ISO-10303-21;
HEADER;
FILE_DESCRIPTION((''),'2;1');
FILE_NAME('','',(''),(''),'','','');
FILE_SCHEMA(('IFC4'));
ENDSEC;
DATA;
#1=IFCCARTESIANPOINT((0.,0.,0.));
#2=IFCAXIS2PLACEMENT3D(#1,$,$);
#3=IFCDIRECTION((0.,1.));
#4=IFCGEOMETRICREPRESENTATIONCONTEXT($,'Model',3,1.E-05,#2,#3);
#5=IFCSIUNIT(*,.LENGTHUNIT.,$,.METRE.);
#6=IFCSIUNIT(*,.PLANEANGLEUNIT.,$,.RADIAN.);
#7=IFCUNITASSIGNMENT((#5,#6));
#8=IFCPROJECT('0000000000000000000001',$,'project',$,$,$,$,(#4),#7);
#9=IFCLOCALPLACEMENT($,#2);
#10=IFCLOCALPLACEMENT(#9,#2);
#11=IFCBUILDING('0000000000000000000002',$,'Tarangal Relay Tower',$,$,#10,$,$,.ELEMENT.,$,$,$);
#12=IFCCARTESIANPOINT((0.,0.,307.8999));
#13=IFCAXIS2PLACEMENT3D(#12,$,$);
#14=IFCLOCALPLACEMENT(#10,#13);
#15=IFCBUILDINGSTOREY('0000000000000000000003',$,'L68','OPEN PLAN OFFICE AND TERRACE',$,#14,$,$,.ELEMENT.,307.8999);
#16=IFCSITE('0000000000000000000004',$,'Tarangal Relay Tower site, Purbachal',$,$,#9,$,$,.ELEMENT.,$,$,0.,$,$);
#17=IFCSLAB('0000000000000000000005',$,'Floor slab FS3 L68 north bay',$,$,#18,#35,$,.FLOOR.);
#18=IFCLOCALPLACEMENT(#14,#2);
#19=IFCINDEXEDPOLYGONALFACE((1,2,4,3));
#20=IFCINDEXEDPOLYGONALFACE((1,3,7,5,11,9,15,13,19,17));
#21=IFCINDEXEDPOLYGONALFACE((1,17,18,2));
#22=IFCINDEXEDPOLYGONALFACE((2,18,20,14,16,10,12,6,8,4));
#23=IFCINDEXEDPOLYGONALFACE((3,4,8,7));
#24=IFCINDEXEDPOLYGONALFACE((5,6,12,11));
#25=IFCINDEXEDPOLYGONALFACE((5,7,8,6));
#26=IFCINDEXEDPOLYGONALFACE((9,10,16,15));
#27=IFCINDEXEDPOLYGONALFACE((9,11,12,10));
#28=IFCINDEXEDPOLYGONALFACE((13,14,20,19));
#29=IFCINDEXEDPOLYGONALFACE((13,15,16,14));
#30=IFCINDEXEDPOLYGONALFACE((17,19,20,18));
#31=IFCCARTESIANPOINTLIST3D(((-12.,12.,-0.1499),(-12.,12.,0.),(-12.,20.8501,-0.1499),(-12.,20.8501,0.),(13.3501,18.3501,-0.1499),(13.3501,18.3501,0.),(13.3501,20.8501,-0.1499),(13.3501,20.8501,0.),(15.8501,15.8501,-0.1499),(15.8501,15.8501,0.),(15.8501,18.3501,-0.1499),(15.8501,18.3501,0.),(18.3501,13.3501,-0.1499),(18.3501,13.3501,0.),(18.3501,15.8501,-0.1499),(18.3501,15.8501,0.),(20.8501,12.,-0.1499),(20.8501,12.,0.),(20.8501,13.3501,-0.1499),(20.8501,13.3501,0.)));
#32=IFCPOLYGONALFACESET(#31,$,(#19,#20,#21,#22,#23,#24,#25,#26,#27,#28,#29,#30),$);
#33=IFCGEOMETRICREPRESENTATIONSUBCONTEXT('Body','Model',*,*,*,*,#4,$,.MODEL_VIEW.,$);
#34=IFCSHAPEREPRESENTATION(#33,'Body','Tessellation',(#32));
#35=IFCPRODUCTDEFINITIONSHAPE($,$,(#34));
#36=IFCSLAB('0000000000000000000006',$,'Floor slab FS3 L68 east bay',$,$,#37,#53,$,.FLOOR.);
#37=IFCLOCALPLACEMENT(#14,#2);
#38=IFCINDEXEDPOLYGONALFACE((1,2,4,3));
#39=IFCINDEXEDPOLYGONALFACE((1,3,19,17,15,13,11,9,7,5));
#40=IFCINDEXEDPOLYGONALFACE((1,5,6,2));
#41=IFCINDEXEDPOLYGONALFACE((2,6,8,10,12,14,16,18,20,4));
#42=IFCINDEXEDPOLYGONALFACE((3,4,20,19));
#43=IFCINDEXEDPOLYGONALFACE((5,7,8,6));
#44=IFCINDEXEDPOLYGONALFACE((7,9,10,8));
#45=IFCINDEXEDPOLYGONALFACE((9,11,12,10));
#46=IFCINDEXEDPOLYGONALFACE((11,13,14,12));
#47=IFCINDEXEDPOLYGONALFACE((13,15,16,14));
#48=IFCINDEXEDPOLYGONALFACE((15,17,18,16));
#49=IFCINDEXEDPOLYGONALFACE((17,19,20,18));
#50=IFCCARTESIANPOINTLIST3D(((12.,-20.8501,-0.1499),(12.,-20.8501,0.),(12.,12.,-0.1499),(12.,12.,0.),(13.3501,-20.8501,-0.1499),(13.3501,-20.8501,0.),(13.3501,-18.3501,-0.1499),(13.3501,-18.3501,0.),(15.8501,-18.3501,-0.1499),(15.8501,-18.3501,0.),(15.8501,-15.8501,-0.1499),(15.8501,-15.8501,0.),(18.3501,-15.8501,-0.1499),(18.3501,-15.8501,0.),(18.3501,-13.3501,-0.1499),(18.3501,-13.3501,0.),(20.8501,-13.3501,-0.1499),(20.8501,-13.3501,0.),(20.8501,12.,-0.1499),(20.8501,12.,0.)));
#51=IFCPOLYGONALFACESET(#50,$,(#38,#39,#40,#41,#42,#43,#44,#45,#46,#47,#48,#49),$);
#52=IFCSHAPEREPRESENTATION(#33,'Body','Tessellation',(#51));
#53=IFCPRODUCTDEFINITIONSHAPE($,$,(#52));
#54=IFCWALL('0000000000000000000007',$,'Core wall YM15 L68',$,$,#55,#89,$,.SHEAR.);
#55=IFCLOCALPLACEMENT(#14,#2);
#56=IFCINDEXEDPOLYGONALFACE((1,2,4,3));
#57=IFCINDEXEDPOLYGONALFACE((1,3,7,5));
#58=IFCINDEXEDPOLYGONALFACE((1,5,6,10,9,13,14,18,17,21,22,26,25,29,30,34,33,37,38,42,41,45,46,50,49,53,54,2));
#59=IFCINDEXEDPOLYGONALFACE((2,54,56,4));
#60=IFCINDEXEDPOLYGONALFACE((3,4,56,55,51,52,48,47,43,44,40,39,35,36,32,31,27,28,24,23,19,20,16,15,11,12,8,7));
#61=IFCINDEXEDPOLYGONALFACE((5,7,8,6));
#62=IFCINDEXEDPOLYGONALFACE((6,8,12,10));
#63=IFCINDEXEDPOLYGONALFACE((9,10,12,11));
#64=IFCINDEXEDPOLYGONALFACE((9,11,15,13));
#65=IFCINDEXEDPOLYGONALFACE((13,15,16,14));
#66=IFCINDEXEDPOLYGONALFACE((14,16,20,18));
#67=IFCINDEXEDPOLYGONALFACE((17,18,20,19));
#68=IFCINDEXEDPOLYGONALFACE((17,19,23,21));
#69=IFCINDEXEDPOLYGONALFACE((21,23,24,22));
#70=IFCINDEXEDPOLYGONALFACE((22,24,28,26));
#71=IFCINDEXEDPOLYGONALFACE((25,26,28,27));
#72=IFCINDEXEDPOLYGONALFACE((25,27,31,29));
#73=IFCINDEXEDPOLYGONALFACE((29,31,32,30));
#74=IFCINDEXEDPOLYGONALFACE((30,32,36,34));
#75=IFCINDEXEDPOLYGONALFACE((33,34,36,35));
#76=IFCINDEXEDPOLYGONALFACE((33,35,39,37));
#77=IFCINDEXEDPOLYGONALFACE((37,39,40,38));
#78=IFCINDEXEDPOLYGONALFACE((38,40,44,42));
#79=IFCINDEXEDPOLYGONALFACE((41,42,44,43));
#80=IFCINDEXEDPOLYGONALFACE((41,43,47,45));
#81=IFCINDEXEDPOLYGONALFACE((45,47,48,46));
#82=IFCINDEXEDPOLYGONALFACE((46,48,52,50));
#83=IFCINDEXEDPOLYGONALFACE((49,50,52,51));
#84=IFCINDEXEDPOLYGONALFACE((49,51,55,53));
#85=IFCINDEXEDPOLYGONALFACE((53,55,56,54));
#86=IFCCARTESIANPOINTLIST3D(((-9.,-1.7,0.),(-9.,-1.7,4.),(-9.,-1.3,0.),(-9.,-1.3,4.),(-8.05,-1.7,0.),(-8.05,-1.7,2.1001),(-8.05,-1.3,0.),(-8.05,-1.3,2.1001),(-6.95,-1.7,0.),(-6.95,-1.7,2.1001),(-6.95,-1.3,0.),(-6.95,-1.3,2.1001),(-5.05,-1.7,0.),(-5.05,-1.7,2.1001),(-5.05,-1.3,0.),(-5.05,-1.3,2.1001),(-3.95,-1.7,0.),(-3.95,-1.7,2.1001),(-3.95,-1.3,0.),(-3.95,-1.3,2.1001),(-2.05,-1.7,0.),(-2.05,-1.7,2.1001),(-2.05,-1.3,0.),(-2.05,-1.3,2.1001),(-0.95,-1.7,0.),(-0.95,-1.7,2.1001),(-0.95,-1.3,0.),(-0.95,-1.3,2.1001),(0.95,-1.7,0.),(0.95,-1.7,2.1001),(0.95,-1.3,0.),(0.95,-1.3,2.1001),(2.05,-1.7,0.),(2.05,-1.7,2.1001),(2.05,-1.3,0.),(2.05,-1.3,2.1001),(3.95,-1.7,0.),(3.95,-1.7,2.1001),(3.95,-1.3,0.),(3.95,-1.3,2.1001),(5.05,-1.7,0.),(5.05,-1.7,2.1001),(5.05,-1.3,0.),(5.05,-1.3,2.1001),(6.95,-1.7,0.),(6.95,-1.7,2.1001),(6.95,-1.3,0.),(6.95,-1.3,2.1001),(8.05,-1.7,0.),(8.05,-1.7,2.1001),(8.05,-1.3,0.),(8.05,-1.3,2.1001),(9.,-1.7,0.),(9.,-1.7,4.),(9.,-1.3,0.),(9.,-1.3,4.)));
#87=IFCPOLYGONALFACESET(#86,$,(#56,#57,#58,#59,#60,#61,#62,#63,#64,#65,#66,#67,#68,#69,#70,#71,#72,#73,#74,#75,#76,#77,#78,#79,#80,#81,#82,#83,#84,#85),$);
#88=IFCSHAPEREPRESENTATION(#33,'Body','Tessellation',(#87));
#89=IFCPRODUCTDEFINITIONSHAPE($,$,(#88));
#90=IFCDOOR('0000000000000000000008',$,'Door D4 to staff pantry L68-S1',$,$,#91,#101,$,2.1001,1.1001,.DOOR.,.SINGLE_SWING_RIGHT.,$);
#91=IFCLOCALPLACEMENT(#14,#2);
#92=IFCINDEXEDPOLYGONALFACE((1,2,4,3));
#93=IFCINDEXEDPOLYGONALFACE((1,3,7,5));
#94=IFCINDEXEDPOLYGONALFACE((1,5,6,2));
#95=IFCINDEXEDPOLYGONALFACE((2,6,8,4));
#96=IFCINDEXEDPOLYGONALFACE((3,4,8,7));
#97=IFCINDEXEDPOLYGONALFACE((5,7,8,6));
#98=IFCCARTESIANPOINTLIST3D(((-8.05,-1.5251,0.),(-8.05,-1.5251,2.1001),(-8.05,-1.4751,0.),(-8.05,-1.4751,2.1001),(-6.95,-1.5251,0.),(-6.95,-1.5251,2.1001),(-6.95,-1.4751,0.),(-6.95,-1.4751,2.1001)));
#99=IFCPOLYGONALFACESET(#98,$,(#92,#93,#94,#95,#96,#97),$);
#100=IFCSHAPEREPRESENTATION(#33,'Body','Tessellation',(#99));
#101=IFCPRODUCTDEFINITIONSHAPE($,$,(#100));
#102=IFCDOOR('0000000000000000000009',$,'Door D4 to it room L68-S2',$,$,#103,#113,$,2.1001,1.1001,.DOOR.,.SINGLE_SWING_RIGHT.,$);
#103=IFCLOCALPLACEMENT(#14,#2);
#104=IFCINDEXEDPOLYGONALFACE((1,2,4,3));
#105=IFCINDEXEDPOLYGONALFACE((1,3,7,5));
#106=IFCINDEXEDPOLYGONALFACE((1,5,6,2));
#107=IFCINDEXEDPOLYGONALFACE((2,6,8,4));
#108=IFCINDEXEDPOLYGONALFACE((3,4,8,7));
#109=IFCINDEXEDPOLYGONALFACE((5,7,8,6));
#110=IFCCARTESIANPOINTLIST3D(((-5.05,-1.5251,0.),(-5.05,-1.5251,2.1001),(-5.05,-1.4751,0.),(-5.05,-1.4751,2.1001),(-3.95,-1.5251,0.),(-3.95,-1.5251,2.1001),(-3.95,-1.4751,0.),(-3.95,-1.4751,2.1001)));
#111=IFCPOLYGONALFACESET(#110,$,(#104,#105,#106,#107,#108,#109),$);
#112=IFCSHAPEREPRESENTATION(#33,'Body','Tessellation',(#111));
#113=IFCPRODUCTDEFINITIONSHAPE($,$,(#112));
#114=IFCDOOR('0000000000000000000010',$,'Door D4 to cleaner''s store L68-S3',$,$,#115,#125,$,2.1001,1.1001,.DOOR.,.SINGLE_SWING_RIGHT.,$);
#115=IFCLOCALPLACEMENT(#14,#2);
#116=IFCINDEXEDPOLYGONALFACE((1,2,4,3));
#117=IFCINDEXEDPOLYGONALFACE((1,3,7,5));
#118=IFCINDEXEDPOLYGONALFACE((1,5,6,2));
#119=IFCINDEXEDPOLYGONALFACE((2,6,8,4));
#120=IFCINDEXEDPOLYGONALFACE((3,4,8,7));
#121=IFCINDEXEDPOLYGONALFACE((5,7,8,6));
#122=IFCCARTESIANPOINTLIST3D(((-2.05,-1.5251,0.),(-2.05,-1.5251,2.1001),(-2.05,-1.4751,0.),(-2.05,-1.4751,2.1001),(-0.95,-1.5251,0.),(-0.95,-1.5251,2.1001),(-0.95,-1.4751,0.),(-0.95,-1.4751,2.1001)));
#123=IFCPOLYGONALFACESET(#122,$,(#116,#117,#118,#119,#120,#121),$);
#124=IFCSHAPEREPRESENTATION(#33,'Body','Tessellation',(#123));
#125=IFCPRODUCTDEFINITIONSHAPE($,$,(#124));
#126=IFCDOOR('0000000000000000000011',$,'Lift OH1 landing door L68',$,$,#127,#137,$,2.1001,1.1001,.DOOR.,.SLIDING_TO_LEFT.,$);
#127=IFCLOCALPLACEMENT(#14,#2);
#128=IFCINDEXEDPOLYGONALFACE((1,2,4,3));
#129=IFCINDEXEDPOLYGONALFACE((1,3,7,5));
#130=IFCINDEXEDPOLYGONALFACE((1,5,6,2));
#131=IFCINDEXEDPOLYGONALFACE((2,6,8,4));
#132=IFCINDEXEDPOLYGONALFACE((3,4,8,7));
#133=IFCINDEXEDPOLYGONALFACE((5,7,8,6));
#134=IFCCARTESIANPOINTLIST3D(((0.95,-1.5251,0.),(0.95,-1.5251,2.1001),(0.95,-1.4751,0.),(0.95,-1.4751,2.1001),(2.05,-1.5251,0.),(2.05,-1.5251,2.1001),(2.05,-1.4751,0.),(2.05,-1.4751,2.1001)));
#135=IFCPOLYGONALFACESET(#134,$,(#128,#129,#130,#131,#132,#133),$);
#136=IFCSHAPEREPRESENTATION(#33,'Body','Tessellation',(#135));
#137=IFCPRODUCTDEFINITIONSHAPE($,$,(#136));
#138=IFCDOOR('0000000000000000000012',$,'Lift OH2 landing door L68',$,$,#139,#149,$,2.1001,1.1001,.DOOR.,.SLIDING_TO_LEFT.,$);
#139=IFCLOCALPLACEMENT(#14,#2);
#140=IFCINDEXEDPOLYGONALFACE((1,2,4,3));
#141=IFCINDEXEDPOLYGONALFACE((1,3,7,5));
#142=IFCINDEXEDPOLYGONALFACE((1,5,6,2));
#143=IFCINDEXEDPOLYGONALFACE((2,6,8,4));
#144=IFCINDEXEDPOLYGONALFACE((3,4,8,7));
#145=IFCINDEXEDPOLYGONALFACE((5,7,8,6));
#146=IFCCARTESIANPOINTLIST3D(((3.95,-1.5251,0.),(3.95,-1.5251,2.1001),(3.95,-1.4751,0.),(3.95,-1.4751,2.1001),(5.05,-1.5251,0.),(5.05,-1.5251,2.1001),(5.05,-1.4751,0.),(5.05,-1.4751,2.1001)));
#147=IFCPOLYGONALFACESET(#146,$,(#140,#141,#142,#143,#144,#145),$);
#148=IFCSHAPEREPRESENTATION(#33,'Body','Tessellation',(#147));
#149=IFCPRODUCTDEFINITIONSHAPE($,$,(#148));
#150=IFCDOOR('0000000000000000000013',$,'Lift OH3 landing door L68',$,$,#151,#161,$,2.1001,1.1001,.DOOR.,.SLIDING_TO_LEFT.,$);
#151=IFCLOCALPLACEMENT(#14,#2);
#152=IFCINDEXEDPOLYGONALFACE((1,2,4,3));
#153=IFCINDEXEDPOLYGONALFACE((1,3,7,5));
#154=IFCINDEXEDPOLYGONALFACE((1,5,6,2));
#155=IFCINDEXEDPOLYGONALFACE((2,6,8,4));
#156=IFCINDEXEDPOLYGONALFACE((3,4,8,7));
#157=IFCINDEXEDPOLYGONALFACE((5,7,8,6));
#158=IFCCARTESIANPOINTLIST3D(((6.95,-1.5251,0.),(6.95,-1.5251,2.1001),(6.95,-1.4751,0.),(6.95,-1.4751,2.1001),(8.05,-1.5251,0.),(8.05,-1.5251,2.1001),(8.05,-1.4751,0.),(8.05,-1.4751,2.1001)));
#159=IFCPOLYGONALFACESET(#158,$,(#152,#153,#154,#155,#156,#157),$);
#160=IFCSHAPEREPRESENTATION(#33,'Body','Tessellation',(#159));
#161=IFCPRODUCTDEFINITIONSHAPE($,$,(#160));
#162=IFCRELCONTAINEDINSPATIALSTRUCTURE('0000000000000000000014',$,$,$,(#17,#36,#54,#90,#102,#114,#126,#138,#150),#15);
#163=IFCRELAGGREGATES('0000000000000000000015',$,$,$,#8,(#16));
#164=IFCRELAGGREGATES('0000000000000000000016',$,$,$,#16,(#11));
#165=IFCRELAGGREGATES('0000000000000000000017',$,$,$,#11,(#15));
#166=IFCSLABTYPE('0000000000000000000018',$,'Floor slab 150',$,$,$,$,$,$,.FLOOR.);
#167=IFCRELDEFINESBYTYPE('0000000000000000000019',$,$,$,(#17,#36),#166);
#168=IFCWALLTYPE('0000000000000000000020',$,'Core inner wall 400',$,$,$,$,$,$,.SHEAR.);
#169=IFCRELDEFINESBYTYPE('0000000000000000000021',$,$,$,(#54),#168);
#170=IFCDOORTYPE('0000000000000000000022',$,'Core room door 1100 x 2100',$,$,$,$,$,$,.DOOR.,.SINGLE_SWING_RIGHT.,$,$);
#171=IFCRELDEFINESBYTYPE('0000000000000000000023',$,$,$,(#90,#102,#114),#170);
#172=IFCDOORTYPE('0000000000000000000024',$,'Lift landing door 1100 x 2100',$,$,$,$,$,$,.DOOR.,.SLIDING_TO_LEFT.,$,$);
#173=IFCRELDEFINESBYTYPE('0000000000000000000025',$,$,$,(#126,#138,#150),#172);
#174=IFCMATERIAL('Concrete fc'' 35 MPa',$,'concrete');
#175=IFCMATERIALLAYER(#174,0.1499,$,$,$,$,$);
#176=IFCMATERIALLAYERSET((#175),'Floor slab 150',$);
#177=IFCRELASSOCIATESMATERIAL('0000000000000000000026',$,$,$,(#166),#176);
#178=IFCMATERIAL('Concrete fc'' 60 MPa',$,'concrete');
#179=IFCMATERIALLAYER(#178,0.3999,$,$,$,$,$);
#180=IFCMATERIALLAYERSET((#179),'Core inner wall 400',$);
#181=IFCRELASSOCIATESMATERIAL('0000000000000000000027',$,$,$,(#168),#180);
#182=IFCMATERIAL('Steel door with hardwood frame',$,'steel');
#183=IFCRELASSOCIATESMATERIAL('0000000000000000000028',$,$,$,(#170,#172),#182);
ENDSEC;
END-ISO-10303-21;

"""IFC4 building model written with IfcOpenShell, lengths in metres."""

from ifc_helpers import new_model, si_unit, direction, frame, frame_2d, origin, place, context, subcontext, project, spatial, polyline, rectangle, outline, extrude, material, layer, layer_set, type_object, element, fill, save


model = new_model("IFC4")

# Units and contexts
model_context = context("Model", 3, precision=1e-05, world=origin(), true_north=direction((0.0, 1.0)))
body_context = subcontext(model_context, "Body", "Model", "MODEL_VIEW")
ifc_project = project(units=[si_unit("LENGTHUNIT", "METRE"), si_unit("PLANEANGLEUNIT", "RADIAN")], contexts=[model_context])

# Site, building, storey
site_placement = place(None, origin())
site = spatial("IfcSite", under=ifc_project, at=site_placement, Name="Tarangal Relay Tower site, Purbachal", CompositionType="ELEMENT", RefElevation=0.0)
building_placement = place(site_placement, origin())
building = spatial("IfcBuilding", under=site, at=building_placement, Name="Tarangal Relay Tower", CompositionType="ELEMENT")
storey_placement = place(building_placement, frame((0.0, 0.0, 307.8999)))
storey = spatial("IfcBuildingStorey", under=building, at=storey_placement, Name="L68", Description="OPEN PLAN OFFICE AND TERRACE", CompositionType="ELEMENT", Elevation=307.8999)

# Slabs
ifc_material_1 = material(Name="Concrete fc' 35 MPa", Category="concrete")
ifc_layer_1 = layer(ifc_material_1, 0.1499)
ifc_layer_set_1 = layer_set([ifc_layer_1], Name="Floor slab 150")
slab_type = type_object("IfcSlabType", Name="Floor slab 150", PredefinedType="FLOOR", material=ifc_layer_set_1)
slab_1_placement = place(storey_placement, frame((0.0, 0.0, -0.1499)))
element("IfcSlab", 1, at=slab_1_placement, inside=storey, type_object=slab_type, Name="Floor slab FS3 L68 north bay", PredefinedType="FLOOR", context=body_context, shape_type="SweptSolid", body=[
    extrude(outline(polyline([(13.3501, 20.8501), (13.3501, 18.3501), (15.8501, 18.3501), (15.8501, 15.8501), (18.3501, 15.8501), (18.3501, 13.3501), (20.8501, 13.3501), (20.8501, 12.0), (-12.0, 12.0), (-12.0, 20.8501), (13.3501, 20.8501)])), origin(), (0.0, 0.0, 1.0), 0.1499),
])
slab_2_placement = place(storey_placement, frame((0.0, 0.0, -0.1499)))
element("IfcSlab", 2, at=slab_2_placement, inside=storey, type_object=slab_type, Name="Floor slab FS3 L68 east bay", PredefinedType="FLOOR", context=body_context, shape_type="SweptSolid", body=[
    extrude(outline(polyline([(20.8501, -13.3501), (18.3501, -13.3501), (18.3501, -15.8501), (15.8501, -15.8501), (15.8501, -18.3501), (13.3501, -18.3501), (13.3501, -20.8501), (12.0, -20.8501), (12.0, 12.0), (20.8501, 12.0), (20.8501, -13.3501)])), origin(), (0.0, 0.0, 1.0), 0.1499),
])

# Wall, openings, doors
ifc_material_2 = material(Name="Concrete fc' 60 MPa", Category="concrete")
ifc_layer_2 = layer(ifc_material_2, 0.3999)
ifc_layer_set_2 = layer_set([ifc_layer_2], Name="Core inner wall 400")
wall_type_1 = type_object("IfcWallType", Name="Core inner wall 400", PredefinedType="SHEAR", material=ifc_layer_set_2)
wall_1_placement = place(storey_placement, frame((-9.0, -1.5, 0.0), z_axis=(0.0, 0.0, 1.0), x_axis=(1.0, 0.0, 0.0)))
wall_1 = element("IfcWall", 3, at=wall_1_placement, inside=storey, type_object=wall_type_1, Name="Core wall YM15 L68", PredefinedType="SHEAR", context=body_context, shape_type="SweptSolid", body=[
    extrude(rectangle(XDim=18.0, YDim=0.3999, at=frame_2d((9.0, 0.0))), origin(), (0.0, 0.0, 1.0), 4.0),
])
opening_1_placement = place(wall_1_placement, frame((9.95, 0.0, 0.0)))
opening_1 = element("IfcOpeningElement", 4, at=opening_1_placement, cuts=wall_1, PredefinedType="OPENING", context=body_context, shape_type="SweptSolid", body=[
    extrude(rectangle(XDim=1.1001, YDim=2.1001, at=frame_2d((0.55, 1.05))), frame((0.0, 0.21, 0.0), z_axis=(0.0, -1.0, 0.0), x_axis=(1.0, 0.0, 0.0)), (0.0, 0.0, 1.0), 0.4199),
])
opening_2_placement = place(wall_1_placement, frame((12.95, 0.0, 0.0)))
opening_2 = element("IfcOpeningElement", 5, at=opening_2_placement, cuts=wall_1, PredefinedType="OPENING", context=body_context, shape_type="SweptSolid", body=[
    extrude(rectangle(XDim=1.1001, YDim=2.1001, at=frame_2d((0.55, 1.05))), frame((0.0, 0.21, 0.0), z_axis=(0.0, -1.0, 0.0), x_axis=(1.0, 0.0, 0.0)), (0.0, 0.0, 1.0), 0.4199),
])
opening_3_placement = place(wall_1_placement, frame((15.95, 0.0, 0.0)))
opening_3 = element("IfcOpeningElement", 6, at=opening_3_placement, cuts=wall_1, PredefinedType="OPENING", context=body_context, shape_type="SweptSolid", body=[
    extrude(rectangle(XDim=1.1001, YDim=2.1001, at=frame_2d((0.55, 1.05))), frame((0.0, 0.21, 0.0), z_axis=(0.0, -1.0, 0.0), x_axis=(1.0, 0.0, 0.0)), (0.0, 0.0, 1.0), 0.4199),
])
opening_4_placement = place(wall_1_placement, frame((0.95, 0.0, 0.0)))
opening_4 = element("IfcOpeningElement", 7, at=opening_4_placement, cuts=wall_1, PredefinedType="OPENING", context=body_context, shape_type="SweptSolid", body=[
    extrude(rectangle(XDim=1.1001, YDim=2.1001, at=frame_2d((0.55, 1.05))), frame((0.0, 0.21, 0.0), z_axis=(0.0, -1.0, 0.0), x_axis=(1.0, 0.0, 0.0)), (0.0, 0.0, 1.0), 0.4199),
])
opening_5_placement = place(wall_1_placement, frame((3.95, 0.0, 0.0)))
opening_5 = element("IfcOpeningElement", 8, at=opening_5_placement, cuts=wall_1, PredefinedType="OPENING", context=body_context, shape_type="SweptSolid", body=[
    extrude(rectangle(XDim=1.1001, YDim=2.1001, at=frame_2d((0.55, 1.05))), frame((0.0, 0.21, 0.0), z_axis=(0.0, -1.0, 0.0), x_axis=(1.0, 0.0, 0.0)), (0.0, 0.0, 1.0), 0.4199),
])
opening_6_placement = place(wall_1_placement, frame((6.95, 0.0, 0.0)))
opening_6 = element("IfcOpeningElement", 9, at=opening_6_placement, cuts=wall_1, PredefinedType="OPENING", context=body_context, shape_type="SweptSolid", body=[
    extrude(rectangle(XDim=1.1001, YDim=2.1001, at=frame_2d((0.55, 1.05))), frame((0.0, 0.21, 0.0), z_axis=(0.0, -1.0, 0.0), x_axis=(1.0, 0.0, 0.0)), (0.0, 0.0, 1.0), 0.4199),
])
ifc_material_3 = material(Name="Steel door with hardwood frame", Category="steel")
door_type_1 = type_object("IfcDoorType", Name="Core room door 1100 x 2100", OperationType="SINGLE_SWING_RIGHT", PredefinedType="DOOR", material=ifc_material_3)
door_1_placement = place(opening_4_placement, origin())
door_1 = element("IfcDoor", 10, at=door_1_placement, inside=storey, type_object=door_type_1, Name="Door D4 to staff pantry L68-S1", OperationType="SINGLE_SWING_RIGHT", OverallHeight=2.1001, OverallWidth=1.1001, PredefinedType="DOOR", context=body_context, shape_type="SweptSolid", body=[
    extrude(rectangle(XDim=1.1001, YDim=2.1001, at=frame_2d((0.55, 1.05))), frame((0.0, 0.0249, 0.0), z_axis=(0.0, -1.0, 0.0), x_axis=(1.0, 0.0, 0.0)), (0.0, 0.0, 1.0), 0.05),
])
fill(opening_4, door_1)
door_2_placement = place(opening_5_placement, origin())
door_2 = element("IfcDoor", 11, at=door_2_placement, inside=storey, type_object=door_type_1, Name="Door D4 to it room L68-S2", OperationType="SINGLE_SWING_RIGHT", OverallHeight=2.1001, OverallWidth=1.1001, PredefinedType="DOOR", context=body_context, shape_type="SweptSolid", body=[
    extrude(rectangle(XDim=1.1001, YDim=2.1001, at=frame_2d((0.55, 1.05))), frame((0.0, 0.0249, 0.0), z_axis=(0.0, -1.0, 0.0), x_axis=(1.0, 0.0, 0.0)), (0.0, 0.0, 1.0), 0.05),
])
fill(opening_5, door_2)
door_3_placement = place(opening_6_placement, origin())
door_3 = element("IfcDoor", 12, at=door_3_placement, inside=storey, type_object=door_type_1, Name="Door D4 to cleaner's store L68-S3", OperationType="SINGLE_SWING_RIGHT", OverallHeight=2.1001, OverallWidth=1.1001, PredefinedType="DOOR", context=body_context, shape_type="SweptSolid", body=[
    extrude(rectangle(XDim=1.1001, YDim=2.1001, at=frame_2d((0.55, 1.05))), frame((0.0, 0.0249, 0.0), z_axis=(0.0, -1.0, 0.0), x_axis=(1.0, 0.0, 0.0)), (0.0, 0.0, 1.0), 0.05),
])
fill(opening_6, door_3)
door_type_2 = type_object("IfcDoorType", Name="Lift landing door 1100 x 2100", OperationType="SLIDING_TO_LEFT", PredefinedType="DOOR", material=ifc_material_3)
door_4_placement = place(opening_1_placement, origin())
door_4 = element("IfcDoor", 13, at=door_4_placement, inside=storey, type_object=door_type_2, Name="Lift OH1 landing door L68", OperationType="SLIDING_TO_LEFT", OverallHeight=2.1001, OverallWidth=1.1001, PredefinedType="DOOR", context=body_context, shape_type="SweptSolid", body=[
    extrude(rectangle(XDim=1.1001, YDim=2.1001, at=frame_2d((0.55, 1.05))), frame((0.0, 0.0249, 0.0), z_axis=(0.0, -1.0, 0.0), x_axis=(1.0, 0.0, 0.0)), (0.0, 0.0, 1.0), 0.05),
])
fill(opening_1, door_4)
door_5_placement = place(opening_2_placement, origin())
door_5 = element("IfcDoor", 14, at=door_5_placement, inside=storey, type_object=door_type_2, Name="Lift OH2 landing door L68", OperationType="SLIDING_TO_LEFT", OverallHeight=2.1001, OverallWidth=1.1001, PredefinedType="DOOR", context=body_context, shape_type="SweptSolid", body=[
    extrude(rectangle(XDim=1.1001, YDim=2.1001, at=frame_2d((0.55, 1.05))), frame((0.0, 0.0249, 0.0), z_axis=(0.0, -1.0, 0.0), x_axis=(1.0, 0.0, 0.0)), (0.0, 0.0, 1.0), 0.05),
])
fill(opening_2, door_5)
door_6_placement = place(opening_3_placement, origin())
door_6 = element("IfcDoor", 15, at=door_6_placement, inside=storey, type_object=door_type_2, Name="Lift OH3 landing door L68", OperationType="SLIDING_TO_LEFT", OverallHeight=2.1001, OverallWidth=1.1001, PredefinedType="DOOR", context=body_context, shape_type="SweptSolid", body=[
    extrude(rectangle(XDim=1.1001, YDim=2.1001, at=frame_2d((0.55, 1.05))), frame((0.0, 0.0249, 0.0), z_axis=(0.0, -1.0, 0.0), x_axis=(1.0, 0.0, 0.0)), (0.0, 0.0, 1.0), 0.05),
])
fill(opening_3, door_6)

save(model, "model.ifc")
